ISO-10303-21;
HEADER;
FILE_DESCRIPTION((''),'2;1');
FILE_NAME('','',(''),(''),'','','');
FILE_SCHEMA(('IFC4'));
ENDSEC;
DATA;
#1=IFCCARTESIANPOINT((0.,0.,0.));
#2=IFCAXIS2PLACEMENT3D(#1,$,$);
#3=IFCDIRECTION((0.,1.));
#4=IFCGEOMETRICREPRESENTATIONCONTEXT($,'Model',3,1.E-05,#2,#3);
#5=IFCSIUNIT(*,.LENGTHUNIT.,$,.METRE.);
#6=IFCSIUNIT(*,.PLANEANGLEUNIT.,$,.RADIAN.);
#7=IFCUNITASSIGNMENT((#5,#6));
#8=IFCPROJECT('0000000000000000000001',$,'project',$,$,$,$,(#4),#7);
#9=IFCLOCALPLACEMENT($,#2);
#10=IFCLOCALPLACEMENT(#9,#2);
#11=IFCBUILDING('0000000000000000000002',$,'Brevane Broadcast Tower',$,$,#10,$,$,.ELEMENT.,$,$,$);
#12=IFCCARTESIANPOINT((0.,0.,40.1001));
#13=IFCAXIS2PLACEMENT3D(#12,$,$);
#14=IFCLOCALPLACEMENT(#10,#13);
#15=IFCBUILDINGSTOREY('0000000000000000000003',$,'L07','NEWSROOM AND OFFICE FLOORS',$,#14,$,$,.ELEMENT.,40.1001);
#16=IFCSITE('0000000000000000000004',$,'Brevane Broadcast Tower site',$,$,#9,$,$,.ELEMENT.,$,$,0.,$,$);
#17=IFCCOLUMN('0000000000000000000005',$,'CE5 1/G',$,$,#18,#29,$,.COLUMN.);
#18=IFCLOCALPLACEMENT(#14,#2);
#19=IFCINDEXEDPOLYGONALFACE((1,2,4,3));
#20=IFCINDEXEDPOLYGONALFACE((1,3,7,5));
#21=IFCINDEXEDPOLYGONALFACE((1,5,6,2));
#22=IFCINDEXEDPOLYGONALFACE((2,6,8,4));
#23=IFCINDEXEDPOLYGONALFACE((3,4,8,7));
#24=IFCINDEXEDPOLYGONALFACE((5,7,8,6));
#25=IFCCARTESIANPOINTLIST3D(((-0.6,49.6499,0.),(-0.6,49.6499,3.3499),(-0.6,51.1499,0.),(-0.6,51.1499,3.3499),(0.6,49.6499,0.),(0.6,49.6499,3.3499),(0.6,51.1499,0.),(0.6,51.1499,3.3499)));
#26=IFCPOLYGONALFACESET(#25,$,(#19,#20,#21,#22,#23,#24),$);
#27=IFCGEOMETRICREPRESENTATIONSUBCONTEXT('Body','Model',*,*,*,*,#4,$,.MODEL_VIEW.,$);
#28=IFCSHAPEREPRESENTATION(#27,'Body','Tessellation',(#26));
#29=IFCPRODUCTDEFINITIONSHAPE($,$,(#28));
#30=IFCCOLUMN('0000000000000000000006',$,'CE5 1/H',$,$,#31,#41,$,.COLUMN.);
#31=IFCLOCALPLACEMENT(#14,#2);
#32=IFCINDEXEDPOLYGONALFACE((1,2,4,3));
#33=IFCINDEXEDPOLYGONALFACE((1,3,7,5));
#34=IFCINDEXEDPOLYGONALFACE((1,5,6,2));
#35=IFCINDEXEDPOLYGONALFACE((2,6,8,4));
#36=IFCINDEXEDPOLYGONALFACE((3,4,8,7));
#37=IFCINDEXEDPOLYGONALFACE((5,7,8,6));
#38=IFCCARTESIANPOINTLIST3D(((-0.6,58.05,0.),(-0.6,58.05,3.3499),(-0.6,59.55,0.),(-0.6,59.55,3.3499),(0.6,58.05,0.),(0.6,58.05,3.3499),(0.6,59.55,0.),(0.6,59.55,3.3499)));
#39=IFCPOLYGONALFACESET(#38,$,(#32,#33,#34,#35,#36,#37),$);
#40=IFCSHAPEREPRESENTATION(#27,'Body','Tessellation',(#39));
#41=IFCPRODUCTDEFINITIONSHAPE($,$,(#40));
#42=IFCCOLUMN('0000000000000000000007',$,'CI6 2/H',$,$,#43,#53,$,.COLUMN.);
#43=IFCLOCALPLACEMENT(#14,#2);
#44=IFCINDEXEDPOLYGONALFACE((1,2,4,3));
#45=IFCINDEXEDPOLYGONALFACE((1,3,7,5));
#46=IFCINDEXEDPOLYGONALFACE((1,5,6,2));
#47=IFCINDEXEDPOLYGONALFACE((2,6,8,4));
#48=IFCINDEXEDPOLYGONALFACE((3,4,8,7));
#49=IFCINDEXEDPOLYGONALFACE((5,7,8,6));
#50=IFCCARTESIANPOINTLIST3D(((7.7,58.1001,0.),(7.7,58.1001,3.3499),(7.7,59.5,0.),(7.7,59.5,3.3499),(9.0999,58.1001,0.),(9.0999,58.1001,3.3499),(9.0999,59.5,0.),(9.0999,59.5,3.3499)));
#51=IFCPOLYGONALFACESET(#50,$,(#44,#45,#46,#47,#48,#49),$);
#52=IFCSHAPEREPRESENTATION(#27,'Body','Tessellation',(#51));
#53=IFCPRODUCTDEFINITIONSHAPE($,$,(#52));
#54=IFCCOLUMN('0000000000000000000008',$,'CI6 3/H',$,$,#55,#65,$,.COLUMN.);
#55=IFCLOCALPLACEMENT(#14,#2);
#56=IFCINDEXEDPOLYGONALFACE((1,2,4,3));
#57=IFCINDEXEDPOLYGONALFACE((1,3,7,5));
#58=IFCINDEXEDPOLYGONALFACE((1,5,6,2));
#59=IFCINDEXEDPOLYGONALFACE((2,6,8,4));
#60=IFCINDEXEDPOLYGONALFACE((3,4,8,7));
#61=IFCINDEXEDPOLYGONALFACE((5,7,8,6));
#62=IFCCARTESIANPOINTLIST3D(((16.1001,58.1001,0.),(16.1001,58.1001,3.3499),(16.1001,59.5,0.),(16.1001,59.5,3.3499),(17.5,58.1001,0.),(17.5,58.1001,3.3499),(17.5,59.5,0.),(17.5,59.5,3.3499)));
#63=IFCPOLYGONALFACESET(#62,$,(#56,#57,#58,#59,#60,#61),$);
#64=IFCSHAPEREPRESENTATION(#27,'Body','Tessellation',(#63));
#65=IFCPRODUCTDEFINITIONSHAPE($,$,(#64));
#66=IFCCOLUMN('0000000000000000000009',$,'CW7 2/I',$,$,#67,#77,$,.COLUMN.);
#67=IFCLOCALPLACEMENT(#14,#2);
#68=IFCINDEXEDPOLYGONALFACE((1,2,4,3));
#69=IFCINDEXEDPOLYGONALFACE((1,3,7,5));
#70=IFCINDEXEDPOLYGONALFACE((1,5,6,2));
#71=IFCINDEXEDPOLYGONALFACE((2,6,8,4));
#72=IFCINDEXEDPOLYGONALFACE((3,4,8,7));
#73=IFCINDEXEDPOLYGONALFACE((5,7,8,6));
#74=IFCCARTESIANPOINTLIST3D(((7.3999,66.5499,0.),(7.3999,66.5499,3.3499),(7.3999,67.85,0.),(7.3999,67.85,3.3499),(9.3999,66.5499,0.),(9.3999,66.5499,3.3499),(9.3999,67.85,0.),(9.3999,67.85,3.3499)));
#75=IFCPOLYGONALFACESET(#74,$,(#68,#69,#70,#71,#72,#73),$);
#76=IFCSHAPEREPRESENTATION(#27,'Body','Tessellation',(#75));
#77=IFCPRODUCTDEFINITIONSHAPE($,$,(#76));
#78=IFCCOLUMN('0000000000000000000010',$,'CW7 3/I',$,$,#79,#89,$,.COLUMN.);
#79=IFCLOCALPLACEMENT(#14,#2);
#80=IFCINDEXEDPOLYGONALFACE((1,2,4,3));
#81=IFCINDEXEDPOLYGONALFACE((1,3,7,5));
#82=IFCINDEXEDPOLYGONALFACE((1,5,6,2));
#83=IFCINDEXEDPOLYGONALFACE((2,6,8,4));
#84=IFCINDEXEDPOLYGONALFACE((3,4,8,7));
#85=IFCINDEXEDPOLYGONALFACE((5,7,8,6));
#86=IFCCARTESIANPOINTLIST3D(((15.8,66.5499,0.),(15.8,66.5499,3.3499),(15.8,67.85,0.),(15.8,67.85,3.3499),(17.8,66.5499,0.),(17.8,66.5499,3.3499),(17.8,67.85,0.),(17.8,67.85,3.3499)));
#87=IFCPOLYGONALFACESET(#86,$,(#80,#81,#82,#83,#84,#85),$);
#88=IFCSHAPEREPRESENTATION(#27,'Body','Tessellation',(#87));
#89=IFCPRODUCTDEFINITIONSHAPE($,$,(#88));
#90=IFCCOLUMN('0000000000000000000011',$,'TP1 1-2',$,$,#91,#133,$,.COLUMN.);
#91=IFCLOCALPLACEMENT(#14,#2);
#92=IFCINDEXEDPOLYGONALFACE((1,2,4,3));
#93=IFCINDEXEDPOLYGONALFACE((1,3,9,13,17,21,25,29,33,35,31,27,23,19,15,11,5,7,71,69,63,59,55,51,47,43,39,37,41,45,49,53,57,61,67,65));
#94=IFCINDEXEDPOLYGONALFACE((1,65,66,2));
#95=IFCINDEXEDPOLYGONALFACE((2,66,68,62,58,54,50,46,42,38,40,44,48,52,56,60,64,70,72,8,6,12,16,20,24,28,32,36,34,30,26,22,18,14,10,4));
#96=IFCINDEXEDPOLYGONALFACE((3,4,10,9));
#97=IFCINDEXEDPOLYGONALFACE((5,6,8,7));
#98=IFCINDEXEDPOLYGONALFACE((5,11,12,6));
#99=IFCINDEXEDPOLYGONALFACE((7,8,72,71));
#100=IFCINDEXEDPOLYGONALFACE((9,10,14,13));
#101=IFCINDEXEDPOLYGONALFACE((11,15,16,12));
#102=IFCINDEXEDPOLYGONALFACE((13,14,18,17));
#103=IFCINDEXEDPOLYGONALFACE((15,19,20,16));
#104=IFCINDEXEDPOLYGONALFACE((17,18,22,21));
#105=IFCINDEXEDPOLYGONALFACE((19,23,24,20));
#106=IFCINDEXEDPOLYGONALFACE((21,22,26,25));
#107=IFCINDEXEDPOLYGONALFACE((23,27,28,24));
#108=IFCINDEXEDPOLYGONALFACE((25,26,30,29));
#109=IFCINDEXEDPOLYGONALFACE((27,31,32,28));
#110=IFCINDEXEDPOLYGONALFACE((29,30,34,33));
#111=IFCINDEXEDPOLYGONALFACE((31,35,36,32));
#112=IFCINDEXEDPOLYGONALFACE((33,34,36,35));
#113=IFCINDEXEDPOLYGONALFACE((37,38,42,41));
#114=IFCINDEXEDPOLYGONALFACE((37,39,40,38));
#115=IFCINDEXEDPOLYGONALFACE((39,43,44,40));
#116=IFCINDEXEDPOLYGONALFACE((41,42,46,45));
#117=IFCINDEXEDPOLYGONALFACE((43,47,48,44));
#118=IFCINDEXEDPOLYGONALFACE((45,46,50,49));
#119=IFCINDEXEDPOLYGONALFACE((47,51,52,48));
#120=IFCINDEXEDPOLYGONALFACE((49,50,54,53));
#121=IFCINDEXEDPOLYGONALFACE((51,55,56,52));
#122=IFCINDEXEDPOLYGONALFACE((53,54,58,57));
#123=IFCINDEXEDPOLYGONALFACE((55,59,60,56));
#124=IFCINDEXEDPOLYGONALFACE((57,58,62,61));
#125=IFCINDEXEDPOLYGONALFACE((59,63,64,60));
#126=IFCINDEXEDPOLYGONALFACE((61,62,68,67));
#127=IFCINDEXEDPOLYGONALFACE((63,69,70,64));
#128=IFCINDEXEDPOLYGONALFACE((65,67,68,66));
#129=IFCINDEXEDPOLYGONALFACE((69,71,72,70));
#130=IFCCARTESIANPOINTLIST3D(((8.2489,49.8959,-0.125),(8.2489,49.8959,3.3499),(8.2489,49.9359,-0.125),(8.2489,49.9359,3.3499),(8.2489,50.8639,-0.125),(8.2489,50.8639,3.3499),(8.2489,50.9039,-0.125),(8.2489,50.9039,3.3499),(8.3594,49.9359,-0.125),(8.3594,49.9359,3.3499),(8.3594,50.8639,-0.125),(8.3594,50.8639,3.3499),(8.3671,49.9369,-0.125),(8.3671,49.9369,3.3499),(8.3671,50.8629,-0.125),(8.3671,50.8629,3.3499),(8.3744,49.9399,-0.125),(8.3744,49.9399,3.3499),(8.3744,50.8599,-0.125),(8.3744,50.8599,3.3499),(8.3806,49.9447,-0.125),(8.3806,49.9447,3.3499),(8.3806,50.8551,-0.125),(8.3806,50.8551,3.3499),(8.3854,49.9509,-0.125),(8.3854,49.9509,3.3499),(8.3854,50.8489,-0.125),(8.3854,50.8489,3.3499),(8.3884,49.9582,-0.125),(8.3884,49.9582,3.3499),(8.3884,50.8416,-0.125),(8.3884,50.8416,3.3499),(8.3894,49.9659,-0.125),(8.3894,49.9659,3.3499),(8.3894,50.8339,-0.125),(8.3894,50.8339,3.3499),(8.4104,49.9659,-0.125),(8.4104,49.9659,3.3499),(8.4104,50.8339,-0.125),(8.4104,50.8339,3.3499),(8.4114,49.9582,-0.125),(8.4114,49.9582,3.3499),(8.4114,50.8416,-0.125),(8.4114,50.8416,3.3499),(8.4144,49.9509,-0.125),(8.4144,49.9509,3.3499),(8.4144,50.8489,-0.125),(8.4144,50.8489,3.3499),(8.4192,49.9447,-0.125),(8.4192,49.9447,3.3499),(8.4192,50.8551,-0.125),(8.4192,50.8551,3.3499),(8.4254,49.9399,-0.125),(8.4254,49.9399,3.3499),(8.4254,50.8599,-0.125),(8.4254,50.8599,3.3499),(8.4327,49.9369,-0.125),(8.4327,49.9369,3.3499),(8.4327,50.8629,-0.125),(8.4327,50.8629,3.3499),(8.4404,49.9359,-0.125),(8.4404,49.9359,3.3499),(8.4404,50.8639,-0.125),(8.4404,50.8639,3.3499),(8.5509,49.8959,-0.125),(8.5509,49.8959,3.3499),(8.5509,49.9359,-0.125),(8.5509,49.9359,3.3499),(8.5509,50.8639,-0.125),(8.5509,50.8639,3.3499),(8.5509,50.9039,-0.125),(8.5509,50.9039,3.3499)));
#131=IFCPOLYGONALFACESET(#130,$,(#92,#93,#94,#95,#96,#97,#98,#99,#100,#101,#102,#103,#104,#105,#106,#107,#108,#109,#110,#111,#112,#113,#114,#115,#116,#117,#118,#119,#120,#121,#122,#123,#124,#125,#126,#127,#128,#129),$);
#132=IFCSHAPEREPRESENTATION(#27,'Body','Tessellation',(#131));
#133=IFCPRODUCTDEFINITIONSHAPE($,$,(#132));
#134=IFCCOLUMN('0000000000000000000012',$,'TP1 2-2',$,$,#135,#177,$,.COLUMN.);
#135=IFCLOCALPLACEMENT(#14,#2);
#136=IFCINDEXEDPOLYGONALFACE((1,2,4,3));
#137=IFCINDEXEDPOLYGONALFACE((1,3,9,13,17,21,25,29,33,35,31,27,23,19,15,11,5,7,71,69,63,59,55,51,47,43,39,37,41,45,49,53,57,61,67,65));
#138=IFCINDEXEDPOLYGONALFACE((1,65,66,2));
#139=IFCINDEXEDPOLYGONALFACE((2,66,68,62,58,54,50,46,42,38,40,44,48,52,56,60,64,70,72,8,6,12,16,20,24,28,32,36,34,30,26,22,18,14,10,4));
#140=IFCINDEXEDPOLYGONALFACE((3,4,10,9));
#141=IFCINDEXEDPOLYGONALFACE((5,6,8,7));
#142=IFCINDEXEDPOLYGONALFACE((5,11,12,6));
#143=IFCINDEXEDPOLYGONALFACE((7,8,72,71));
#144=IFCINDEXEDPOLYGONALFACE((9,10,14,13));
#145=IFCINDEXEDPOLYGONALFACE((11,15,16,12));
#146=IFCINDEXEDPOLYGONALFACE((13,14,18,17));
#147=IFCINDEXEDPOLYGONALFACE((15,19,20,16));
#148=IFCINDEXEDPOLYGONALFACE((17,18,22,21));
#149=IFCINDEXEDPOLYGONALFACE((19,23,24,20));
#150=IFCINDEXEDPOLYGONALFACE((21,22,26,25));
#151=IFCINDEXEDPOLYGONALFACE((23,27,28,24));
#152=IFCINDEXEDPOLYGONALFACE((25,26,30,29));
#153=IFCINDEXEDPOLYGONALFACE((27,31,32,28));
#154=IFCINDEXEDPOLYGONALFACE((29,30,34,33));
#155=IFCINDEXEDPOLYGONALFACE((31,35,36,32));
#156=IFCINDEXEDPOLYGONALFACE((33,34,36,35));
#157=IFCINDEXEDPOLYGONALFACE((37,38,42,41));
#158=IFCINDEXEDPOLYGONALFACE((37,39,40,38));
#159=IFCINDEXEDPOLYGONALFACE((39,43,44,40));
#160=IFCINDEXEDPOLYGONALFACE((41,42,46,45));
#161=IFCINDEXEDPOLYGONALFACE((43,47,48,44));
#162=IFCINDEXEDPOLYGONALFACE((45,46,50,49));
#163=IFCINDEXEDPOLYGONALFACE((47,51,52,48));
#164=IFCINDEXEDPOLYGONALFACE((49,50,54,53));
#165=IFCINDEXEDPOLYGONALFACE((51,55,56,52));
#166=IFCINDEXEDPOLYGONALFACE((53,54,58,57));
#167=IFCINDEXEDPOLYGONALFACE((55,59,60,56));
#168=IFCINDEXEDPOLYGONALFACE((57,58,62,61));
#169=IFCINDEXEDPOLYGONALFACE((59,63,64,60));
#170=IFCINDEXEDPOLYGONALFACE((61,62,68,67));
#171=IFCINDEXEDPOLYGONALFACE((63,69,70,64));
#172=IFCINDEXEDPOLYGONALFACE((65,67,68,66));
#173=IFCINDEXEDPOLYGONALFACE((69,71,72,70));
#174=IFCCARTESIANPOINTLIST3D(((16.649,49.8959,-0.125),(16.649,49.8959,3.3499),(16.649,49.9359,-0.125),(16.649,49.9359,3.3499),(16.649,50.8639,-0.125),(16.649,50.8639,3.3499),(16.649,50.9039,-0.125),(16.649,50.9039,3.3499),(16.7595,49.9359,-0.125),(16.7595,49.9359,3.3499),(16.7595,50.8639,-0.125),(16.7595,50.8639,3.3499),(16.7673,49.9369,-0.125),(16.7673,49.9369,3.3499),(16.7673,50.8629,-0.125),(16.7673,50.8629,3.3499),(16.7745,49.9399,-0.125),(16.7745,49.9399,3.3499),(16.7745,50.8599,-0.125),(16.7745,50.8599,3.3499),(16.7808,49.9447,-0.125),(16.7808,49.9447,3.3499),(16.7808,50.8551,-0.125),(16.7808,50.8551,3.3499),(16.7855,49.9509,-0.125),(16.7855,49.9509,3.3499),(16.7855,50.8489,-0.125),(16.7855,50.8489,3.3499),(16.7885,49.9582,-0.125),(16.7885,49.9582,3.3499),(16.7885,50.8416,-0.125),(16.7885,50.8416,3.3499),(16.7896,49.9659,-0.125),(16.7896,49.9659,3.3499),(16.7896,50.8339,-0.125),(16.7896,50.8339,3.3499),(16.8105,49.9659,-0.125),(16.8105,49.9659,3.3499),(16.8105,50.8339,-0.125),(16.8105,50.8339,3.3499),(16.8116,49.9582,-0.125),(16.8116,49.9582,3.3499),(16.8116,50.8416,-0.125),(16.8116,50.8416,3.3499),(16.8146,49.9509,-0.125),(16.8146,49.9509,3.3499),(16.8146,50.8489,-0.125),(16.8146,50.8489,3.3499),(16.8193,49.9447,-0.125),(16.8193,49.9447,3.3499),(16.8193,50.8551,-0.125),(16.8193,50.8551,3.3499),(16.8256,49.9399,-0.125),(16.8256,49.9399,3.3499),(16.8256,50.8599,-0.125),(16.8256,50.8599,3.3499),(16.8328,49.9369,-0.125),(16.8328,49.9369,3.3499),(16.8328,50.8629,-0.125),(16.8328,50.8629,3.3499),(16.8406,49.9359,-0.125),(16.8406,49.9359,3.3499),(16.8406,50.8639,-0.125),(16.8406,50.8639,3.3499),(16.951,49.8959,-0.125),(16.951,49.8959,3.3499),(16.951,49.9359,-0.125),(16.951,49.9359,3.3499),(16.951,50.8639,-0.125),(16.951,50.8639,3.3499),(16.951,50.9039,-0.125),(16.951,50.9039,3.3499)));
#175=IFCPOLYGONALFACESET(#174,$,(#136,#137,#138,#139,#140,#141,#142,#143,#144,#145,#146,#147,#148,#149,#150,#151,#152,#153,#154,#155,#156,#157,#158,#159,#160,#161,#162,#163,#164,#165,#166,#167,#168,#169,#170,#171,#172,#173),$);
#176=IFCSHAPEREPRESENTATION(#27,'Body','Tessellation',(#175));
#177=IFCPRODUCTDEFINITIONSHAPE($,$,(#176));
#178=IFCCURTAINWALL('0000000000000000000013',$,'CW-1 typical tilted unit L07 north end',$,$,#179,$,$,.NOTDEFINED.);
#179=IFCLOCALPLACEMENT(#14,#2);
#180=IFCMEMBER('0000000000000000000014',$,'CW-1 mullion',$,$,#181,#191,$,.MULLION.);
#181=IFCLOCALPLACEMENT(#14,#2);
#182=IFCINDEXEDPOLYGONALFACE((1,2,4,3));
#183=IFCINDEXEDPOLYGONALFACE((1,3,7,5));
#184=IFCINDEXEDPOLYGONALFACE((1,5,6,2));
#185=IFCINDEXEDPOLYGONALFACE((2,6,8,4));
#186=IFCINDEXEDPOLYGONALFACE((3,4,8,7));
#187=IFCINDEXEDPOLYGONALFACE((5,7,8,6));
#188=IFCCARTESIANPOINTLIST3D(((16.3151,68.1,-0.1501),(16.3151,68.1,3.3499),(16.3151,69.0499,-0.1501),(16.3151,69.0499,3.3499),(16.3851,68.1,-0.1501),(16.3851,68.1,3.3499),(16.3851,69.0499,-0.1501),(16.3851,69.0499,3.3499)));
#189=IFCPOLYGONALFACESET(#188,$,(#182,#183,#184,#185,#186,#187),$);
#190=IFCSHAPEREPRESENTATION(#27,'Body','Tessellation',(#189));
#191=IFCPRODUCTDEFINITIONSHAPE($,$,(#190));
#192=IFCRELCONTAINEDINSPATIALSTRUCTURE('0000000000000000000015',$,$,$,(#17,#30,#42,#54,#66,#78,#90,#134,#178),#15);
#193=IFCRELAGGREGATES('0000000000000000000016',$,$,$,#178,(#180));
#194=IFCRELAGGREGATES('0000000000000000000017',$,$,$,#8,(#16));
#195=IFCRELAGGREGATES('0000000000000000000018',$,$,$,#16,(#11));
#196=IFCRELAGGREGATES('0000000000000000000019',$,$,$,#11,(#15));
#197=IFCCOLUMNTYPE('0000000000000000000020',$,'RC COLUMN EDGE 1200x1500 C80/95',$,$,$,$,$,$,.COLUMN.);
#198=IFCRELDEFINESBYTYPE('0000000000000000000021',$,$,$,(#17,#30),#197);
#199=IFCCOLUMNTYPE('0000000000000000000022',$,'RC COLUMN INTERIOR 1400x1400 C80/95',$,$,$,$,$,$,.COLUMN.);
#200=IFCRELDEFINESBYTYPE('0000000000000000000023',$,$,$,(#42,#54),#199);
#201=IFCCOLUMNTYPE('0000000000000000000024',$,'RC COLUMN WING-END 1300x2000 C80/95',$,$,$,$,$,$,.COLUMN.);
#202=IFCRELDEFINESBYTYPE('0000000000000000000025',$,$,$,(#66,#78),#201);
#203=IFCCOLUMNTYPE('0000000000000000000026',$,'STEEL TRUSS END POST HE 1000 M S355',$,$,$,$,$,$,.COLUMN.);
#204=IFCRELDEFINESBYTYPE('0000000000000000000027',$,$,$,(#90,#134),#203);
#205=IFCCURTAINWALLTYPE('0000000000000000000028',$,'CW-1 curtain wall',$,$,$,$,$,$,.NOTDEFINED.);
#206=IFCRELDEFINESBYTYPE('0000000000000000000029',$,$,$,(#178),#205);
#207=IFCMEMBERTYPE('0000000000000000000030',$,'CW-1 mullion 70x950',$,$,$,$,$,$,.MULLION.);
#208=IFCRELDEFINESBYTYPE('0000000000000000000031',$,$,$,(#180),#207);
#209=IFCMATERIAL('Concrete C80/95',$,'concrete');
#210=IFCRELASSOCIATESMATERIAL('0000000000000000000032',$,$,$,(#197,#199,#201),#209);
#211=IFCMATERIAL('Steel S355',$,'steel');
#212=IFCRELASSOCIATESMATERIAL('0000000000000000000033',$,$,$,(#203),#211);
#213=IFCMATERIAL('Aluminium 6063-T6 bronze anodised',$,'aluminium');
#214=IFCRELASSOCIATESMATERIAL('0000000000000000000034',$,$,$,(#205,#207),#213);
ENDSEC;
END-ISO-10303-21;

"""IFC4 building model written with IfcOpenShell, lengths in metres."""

from ifc_helpers import new_model, si_unit, direction, frame, origin, origin_2d, place, context, subcontext, project, spatial, rectangle, i_section, extrude, material, material_profile, profile_set, type_object, element, aggregate, save


model = new_model("IFC4")

# Units and contexts
model_context = context("Model", 3, precision=1e-05, world=origin(), true_north=direction((0.0, 1.0)))
body_context = subcontext(model_context, "Body", "Model", "MODEL_VIEW")
ifc_project = project(units=[si_unit("LENGTHUNIT", "METRE"), si_unit("PLANEANGLEUNIT", "RADIAN")], contexts=[model_context])

# Site, building, storey
site_placement = place(None, origin())
site = spatial("IfcSite", under=ifc_project, at=site_placement, Name="Brevane Broadcast Tower site", CompositionType="ELEMENT", RefElevation=0.0)
building_placement = place(site_placement, origin())
building = spatial("IfcBuilding", under=site, at=building_placement, Name="Brevane Broadcast Tower", CompositionType="ELEMENT")
storey_placement = place(building_placement, frame((0.0, 0.0, 40.1001)))
storey = spatial("IfcBuildingStorey", under=building, at=storey_placement, Name="L07", Description="NEWSROOM AND OFFICE FLOORS", CompositionType="ELEMENT", Elevation=40.1001)

# Columns
ifc_material_1 = material(Name="Concrete C80/95", Category="concrete")
ifc_material_profile_1 = material_profile(ifc_material_1, rectangle(XDim=1.2, YDim=1.5, at=origin_2d()), Name="RC 1200x1500")
ifc_profile_set_1 = profile_set([ifc_material_profile_1], Name="Concrete C80/95")
column_type_1 = type_object("IfcColumnType", Name="RC COLUMN EDGE 1200x1500 C80/95", PredefinedType="COLUMN", material=ifc_profile_set_1)
for number, where, z_axis, x_axis, name in (
    (1, (0.0, 50.3999, 0.0), (0.0, 0.0, 1.0), (1.0, 0.0, 0.0), "CE5 1/G"),
    (2, (0.0, 58.8, 0.0), (0.0, 0.0, 1.0), (1.0, 0.0, 0.0), "CE5 1/H"),
):
    element("IfcColumn", number, at=place(storey_placement, frame(where, z_axis=z_axis, x_axis=x_axis)), inside=storey, type_object=column_type_1, Name=name, PredefinedType="COLUMN", context=body_context, shape_type="SweptSolid", body=[
        extrude(rectangle(XDim=1.2, YDim=1.5, at=origin_2d()), origin(), (0.0, 0.0, 1.0), 3.3499),
    ])
ifc_material_profile_2 = material_profile(ifc_material_1, rectangle(XDim=1.3999, YDim=1.3999, at=origin_2d()), Name="RC 1400x1400")
ifc_profile_set_2 = profile_set([ifc_material_profile_2], Name="Concrete C80/95")
column_type_2 = type_object("IfcColumnType", Name="RC COLUMN INTERIOR 1400x1400 C80/95", PredefinedType="COLUMN", material=ifc_profile_set_2)
for number, where, z_axis, x_axis, name in (
    (3, (8.3999, 58.8, 0.0), (0.0, 0.0, 1.0), (1.0, 0.0, 0.0), "CI6 2/H"),
    (4, (16.8, 58.8, 0.0), (0.0, 0.0, 1.0), (1.0, 0.0, 0.0), "CI6 3/H"),
):
    element("IfcColumn", number, at=place(storey_placement, frame(where, z_axis=z_axis, x_axis=x_axis)), inside=storey, type_object=column_type_2, Name=name, PredefinedType="COLUMN", context=body_context, shape_type="SweptSolid", body=[
        extrude(rectangle(XDim=1.3999, YDim=1.3999, at=origin_2d()), origin(), (0.0, 0.0, 1.0), 3.3499),
    ])
ifc_material_profile_3 = material_profile(ifc_material_1, rectangle(XDim=1.3, YDim=2.0, at=origin_2d()), Name="RC 1300x2000")
ifc_profile_set_3 = profile_set([ifc_material_profile_3], Name="Concrete C80/95")
column_type_3 = type_object("IfcColumnType", Name="RC COLUMN WING-END 1300x2000 C80/95", PredefinedType="COLUMN", material=ifc_profile_set_3)
for number, where, z_axis, x_axis, name in (
    (5, (8.3999, 67.2, 0.0), (0.0, 0.0, 1.0), (0.0, 1.0, 0.0), "CW7 2/I"),
    (6, (16.8, 67.2, 0.0), (0.0, 0.0, 1.0), (0.0, 1.0, 0.0), "CW7 3/I"),
):
    element("IfcColumn", number, at=place(storey_placement, frame(where, z_axis=z_axis, x_axis=x_axis)), inside=storey, type_object=column_type_3, Name=name, PredefinedType="COLUMN", context=body_context, shape_type="SweptSolid", body=[
        extrude(rectangle(XDim=1.3, YDim=2.0, at=origin_2d()), origin(), (0.0, 0.0, 1.0), 3.3499),
    ])
ifc_material_2 = material(Name="Steel S355", Category="steel")
ifc_material_profile_4 = material_profile(ifc_material_2, i_section(OverallWidth=0.302, OverallDepth=1.0081, WebThickness=0.021, FlangeThickness=0.04, FilletRadius=0.03, at=origin_2d()), Name="HE 1000 M")
ifc_profile_set_4 = profile_set([ifc_material_profile_4], Name="Steel S355")
column_type_4 = type_object("IfcColumnType", Name="STEEL TRUSS END POST HE 1000 M S355", PredefinedType="COLUMN", material=ifc_profile_set_4)
for number, where, z_axis, x_axis, name in (
    (7, (8.3999, 50.3999, -0.125), (0.0, 0.0, 1.0), (1.0, 0.0, 0.0), "TP1 1-2"),
    (8, (16.8, 50.3999, -0.125), (0.0, 0.0, 1.0), (1.0, 0.0, 0.0), "TP1 2-2"),
):
    element("IfcColumn", number, at=place(storey_placement, frame(where, z_axis=z_axis, x_axis=x_axis)), inside=storey, type_object=column_type_4, Name=name, PredefinedType="COLUMN", context=body_context, shape_type="SweptSolid", body=[
        extrude(i_section(OverallWidth=0.302, OverallDepth=1.0081, WebThickness=0.021, FlangeThickness=0.04, FilletRadius=0.03, at=origin_2d()), origin(), (0.0, 0.0, 1.0), 3.4749),
    ])

# Curtain wall, member
ifc_material_3 = material(Name="Aluminium 6063-T6 bronze anodised", Category="aluminium")
curtain_wall_type = type_object("IfcCurtainWallType", Name="CW-1 curtain wall", PredefinedType="NOTDEFINED", material=ifc_material_3)
curtain_wall_1_placement = place(storey_placement, origin())
curtain_wall_1 = element("IfcCurtainWall", 9, at=curtain_wall_1_placement, inside=storey, type_object=curtain_wall_type, Name="CW-1 typical tilted unit L07 north end", PredefinedType="NOTDEFINED")
ifc_material_profile_5 = material_profile(ifc_material_3, rectangle(XDim=0.95, YDim=0.0701, at=origin_2d()), Name="RECT 70x950")
ifc_profile_set_5 = profile_set([ifc_material_profile_5], Name="Aluminium 6063-T6 bronze anodised")
member_type_1 = type_object("IfcMemberType", Name="CW-1 mullion 70x950", PredefinedType="MULLION", material=ifc_profile_set_5)
member_1_placement = place(storey_placement, frame((16.3501, 68.575, -0.1501), z_axis=(0.0, 0.0, 1.0), x_axis=(0.0, -1.0, 0.0)))
member_1 = element("IfcMember", 10, at=member_1_placement, type_object=member_type_1, Name="CW-1 mullion", PredefinedType="MULLION", context=body_context, shape_type="SweptSolid", body=[
    extrude(rectangle(XDim=0.95, YDim=0.0701, at=origin_2d()), origin(), (0.0, 0.0, 1.0), 3.5),
])
aggregate(curtain_wall_1, [member_1])

save(model, "model.ifc")
